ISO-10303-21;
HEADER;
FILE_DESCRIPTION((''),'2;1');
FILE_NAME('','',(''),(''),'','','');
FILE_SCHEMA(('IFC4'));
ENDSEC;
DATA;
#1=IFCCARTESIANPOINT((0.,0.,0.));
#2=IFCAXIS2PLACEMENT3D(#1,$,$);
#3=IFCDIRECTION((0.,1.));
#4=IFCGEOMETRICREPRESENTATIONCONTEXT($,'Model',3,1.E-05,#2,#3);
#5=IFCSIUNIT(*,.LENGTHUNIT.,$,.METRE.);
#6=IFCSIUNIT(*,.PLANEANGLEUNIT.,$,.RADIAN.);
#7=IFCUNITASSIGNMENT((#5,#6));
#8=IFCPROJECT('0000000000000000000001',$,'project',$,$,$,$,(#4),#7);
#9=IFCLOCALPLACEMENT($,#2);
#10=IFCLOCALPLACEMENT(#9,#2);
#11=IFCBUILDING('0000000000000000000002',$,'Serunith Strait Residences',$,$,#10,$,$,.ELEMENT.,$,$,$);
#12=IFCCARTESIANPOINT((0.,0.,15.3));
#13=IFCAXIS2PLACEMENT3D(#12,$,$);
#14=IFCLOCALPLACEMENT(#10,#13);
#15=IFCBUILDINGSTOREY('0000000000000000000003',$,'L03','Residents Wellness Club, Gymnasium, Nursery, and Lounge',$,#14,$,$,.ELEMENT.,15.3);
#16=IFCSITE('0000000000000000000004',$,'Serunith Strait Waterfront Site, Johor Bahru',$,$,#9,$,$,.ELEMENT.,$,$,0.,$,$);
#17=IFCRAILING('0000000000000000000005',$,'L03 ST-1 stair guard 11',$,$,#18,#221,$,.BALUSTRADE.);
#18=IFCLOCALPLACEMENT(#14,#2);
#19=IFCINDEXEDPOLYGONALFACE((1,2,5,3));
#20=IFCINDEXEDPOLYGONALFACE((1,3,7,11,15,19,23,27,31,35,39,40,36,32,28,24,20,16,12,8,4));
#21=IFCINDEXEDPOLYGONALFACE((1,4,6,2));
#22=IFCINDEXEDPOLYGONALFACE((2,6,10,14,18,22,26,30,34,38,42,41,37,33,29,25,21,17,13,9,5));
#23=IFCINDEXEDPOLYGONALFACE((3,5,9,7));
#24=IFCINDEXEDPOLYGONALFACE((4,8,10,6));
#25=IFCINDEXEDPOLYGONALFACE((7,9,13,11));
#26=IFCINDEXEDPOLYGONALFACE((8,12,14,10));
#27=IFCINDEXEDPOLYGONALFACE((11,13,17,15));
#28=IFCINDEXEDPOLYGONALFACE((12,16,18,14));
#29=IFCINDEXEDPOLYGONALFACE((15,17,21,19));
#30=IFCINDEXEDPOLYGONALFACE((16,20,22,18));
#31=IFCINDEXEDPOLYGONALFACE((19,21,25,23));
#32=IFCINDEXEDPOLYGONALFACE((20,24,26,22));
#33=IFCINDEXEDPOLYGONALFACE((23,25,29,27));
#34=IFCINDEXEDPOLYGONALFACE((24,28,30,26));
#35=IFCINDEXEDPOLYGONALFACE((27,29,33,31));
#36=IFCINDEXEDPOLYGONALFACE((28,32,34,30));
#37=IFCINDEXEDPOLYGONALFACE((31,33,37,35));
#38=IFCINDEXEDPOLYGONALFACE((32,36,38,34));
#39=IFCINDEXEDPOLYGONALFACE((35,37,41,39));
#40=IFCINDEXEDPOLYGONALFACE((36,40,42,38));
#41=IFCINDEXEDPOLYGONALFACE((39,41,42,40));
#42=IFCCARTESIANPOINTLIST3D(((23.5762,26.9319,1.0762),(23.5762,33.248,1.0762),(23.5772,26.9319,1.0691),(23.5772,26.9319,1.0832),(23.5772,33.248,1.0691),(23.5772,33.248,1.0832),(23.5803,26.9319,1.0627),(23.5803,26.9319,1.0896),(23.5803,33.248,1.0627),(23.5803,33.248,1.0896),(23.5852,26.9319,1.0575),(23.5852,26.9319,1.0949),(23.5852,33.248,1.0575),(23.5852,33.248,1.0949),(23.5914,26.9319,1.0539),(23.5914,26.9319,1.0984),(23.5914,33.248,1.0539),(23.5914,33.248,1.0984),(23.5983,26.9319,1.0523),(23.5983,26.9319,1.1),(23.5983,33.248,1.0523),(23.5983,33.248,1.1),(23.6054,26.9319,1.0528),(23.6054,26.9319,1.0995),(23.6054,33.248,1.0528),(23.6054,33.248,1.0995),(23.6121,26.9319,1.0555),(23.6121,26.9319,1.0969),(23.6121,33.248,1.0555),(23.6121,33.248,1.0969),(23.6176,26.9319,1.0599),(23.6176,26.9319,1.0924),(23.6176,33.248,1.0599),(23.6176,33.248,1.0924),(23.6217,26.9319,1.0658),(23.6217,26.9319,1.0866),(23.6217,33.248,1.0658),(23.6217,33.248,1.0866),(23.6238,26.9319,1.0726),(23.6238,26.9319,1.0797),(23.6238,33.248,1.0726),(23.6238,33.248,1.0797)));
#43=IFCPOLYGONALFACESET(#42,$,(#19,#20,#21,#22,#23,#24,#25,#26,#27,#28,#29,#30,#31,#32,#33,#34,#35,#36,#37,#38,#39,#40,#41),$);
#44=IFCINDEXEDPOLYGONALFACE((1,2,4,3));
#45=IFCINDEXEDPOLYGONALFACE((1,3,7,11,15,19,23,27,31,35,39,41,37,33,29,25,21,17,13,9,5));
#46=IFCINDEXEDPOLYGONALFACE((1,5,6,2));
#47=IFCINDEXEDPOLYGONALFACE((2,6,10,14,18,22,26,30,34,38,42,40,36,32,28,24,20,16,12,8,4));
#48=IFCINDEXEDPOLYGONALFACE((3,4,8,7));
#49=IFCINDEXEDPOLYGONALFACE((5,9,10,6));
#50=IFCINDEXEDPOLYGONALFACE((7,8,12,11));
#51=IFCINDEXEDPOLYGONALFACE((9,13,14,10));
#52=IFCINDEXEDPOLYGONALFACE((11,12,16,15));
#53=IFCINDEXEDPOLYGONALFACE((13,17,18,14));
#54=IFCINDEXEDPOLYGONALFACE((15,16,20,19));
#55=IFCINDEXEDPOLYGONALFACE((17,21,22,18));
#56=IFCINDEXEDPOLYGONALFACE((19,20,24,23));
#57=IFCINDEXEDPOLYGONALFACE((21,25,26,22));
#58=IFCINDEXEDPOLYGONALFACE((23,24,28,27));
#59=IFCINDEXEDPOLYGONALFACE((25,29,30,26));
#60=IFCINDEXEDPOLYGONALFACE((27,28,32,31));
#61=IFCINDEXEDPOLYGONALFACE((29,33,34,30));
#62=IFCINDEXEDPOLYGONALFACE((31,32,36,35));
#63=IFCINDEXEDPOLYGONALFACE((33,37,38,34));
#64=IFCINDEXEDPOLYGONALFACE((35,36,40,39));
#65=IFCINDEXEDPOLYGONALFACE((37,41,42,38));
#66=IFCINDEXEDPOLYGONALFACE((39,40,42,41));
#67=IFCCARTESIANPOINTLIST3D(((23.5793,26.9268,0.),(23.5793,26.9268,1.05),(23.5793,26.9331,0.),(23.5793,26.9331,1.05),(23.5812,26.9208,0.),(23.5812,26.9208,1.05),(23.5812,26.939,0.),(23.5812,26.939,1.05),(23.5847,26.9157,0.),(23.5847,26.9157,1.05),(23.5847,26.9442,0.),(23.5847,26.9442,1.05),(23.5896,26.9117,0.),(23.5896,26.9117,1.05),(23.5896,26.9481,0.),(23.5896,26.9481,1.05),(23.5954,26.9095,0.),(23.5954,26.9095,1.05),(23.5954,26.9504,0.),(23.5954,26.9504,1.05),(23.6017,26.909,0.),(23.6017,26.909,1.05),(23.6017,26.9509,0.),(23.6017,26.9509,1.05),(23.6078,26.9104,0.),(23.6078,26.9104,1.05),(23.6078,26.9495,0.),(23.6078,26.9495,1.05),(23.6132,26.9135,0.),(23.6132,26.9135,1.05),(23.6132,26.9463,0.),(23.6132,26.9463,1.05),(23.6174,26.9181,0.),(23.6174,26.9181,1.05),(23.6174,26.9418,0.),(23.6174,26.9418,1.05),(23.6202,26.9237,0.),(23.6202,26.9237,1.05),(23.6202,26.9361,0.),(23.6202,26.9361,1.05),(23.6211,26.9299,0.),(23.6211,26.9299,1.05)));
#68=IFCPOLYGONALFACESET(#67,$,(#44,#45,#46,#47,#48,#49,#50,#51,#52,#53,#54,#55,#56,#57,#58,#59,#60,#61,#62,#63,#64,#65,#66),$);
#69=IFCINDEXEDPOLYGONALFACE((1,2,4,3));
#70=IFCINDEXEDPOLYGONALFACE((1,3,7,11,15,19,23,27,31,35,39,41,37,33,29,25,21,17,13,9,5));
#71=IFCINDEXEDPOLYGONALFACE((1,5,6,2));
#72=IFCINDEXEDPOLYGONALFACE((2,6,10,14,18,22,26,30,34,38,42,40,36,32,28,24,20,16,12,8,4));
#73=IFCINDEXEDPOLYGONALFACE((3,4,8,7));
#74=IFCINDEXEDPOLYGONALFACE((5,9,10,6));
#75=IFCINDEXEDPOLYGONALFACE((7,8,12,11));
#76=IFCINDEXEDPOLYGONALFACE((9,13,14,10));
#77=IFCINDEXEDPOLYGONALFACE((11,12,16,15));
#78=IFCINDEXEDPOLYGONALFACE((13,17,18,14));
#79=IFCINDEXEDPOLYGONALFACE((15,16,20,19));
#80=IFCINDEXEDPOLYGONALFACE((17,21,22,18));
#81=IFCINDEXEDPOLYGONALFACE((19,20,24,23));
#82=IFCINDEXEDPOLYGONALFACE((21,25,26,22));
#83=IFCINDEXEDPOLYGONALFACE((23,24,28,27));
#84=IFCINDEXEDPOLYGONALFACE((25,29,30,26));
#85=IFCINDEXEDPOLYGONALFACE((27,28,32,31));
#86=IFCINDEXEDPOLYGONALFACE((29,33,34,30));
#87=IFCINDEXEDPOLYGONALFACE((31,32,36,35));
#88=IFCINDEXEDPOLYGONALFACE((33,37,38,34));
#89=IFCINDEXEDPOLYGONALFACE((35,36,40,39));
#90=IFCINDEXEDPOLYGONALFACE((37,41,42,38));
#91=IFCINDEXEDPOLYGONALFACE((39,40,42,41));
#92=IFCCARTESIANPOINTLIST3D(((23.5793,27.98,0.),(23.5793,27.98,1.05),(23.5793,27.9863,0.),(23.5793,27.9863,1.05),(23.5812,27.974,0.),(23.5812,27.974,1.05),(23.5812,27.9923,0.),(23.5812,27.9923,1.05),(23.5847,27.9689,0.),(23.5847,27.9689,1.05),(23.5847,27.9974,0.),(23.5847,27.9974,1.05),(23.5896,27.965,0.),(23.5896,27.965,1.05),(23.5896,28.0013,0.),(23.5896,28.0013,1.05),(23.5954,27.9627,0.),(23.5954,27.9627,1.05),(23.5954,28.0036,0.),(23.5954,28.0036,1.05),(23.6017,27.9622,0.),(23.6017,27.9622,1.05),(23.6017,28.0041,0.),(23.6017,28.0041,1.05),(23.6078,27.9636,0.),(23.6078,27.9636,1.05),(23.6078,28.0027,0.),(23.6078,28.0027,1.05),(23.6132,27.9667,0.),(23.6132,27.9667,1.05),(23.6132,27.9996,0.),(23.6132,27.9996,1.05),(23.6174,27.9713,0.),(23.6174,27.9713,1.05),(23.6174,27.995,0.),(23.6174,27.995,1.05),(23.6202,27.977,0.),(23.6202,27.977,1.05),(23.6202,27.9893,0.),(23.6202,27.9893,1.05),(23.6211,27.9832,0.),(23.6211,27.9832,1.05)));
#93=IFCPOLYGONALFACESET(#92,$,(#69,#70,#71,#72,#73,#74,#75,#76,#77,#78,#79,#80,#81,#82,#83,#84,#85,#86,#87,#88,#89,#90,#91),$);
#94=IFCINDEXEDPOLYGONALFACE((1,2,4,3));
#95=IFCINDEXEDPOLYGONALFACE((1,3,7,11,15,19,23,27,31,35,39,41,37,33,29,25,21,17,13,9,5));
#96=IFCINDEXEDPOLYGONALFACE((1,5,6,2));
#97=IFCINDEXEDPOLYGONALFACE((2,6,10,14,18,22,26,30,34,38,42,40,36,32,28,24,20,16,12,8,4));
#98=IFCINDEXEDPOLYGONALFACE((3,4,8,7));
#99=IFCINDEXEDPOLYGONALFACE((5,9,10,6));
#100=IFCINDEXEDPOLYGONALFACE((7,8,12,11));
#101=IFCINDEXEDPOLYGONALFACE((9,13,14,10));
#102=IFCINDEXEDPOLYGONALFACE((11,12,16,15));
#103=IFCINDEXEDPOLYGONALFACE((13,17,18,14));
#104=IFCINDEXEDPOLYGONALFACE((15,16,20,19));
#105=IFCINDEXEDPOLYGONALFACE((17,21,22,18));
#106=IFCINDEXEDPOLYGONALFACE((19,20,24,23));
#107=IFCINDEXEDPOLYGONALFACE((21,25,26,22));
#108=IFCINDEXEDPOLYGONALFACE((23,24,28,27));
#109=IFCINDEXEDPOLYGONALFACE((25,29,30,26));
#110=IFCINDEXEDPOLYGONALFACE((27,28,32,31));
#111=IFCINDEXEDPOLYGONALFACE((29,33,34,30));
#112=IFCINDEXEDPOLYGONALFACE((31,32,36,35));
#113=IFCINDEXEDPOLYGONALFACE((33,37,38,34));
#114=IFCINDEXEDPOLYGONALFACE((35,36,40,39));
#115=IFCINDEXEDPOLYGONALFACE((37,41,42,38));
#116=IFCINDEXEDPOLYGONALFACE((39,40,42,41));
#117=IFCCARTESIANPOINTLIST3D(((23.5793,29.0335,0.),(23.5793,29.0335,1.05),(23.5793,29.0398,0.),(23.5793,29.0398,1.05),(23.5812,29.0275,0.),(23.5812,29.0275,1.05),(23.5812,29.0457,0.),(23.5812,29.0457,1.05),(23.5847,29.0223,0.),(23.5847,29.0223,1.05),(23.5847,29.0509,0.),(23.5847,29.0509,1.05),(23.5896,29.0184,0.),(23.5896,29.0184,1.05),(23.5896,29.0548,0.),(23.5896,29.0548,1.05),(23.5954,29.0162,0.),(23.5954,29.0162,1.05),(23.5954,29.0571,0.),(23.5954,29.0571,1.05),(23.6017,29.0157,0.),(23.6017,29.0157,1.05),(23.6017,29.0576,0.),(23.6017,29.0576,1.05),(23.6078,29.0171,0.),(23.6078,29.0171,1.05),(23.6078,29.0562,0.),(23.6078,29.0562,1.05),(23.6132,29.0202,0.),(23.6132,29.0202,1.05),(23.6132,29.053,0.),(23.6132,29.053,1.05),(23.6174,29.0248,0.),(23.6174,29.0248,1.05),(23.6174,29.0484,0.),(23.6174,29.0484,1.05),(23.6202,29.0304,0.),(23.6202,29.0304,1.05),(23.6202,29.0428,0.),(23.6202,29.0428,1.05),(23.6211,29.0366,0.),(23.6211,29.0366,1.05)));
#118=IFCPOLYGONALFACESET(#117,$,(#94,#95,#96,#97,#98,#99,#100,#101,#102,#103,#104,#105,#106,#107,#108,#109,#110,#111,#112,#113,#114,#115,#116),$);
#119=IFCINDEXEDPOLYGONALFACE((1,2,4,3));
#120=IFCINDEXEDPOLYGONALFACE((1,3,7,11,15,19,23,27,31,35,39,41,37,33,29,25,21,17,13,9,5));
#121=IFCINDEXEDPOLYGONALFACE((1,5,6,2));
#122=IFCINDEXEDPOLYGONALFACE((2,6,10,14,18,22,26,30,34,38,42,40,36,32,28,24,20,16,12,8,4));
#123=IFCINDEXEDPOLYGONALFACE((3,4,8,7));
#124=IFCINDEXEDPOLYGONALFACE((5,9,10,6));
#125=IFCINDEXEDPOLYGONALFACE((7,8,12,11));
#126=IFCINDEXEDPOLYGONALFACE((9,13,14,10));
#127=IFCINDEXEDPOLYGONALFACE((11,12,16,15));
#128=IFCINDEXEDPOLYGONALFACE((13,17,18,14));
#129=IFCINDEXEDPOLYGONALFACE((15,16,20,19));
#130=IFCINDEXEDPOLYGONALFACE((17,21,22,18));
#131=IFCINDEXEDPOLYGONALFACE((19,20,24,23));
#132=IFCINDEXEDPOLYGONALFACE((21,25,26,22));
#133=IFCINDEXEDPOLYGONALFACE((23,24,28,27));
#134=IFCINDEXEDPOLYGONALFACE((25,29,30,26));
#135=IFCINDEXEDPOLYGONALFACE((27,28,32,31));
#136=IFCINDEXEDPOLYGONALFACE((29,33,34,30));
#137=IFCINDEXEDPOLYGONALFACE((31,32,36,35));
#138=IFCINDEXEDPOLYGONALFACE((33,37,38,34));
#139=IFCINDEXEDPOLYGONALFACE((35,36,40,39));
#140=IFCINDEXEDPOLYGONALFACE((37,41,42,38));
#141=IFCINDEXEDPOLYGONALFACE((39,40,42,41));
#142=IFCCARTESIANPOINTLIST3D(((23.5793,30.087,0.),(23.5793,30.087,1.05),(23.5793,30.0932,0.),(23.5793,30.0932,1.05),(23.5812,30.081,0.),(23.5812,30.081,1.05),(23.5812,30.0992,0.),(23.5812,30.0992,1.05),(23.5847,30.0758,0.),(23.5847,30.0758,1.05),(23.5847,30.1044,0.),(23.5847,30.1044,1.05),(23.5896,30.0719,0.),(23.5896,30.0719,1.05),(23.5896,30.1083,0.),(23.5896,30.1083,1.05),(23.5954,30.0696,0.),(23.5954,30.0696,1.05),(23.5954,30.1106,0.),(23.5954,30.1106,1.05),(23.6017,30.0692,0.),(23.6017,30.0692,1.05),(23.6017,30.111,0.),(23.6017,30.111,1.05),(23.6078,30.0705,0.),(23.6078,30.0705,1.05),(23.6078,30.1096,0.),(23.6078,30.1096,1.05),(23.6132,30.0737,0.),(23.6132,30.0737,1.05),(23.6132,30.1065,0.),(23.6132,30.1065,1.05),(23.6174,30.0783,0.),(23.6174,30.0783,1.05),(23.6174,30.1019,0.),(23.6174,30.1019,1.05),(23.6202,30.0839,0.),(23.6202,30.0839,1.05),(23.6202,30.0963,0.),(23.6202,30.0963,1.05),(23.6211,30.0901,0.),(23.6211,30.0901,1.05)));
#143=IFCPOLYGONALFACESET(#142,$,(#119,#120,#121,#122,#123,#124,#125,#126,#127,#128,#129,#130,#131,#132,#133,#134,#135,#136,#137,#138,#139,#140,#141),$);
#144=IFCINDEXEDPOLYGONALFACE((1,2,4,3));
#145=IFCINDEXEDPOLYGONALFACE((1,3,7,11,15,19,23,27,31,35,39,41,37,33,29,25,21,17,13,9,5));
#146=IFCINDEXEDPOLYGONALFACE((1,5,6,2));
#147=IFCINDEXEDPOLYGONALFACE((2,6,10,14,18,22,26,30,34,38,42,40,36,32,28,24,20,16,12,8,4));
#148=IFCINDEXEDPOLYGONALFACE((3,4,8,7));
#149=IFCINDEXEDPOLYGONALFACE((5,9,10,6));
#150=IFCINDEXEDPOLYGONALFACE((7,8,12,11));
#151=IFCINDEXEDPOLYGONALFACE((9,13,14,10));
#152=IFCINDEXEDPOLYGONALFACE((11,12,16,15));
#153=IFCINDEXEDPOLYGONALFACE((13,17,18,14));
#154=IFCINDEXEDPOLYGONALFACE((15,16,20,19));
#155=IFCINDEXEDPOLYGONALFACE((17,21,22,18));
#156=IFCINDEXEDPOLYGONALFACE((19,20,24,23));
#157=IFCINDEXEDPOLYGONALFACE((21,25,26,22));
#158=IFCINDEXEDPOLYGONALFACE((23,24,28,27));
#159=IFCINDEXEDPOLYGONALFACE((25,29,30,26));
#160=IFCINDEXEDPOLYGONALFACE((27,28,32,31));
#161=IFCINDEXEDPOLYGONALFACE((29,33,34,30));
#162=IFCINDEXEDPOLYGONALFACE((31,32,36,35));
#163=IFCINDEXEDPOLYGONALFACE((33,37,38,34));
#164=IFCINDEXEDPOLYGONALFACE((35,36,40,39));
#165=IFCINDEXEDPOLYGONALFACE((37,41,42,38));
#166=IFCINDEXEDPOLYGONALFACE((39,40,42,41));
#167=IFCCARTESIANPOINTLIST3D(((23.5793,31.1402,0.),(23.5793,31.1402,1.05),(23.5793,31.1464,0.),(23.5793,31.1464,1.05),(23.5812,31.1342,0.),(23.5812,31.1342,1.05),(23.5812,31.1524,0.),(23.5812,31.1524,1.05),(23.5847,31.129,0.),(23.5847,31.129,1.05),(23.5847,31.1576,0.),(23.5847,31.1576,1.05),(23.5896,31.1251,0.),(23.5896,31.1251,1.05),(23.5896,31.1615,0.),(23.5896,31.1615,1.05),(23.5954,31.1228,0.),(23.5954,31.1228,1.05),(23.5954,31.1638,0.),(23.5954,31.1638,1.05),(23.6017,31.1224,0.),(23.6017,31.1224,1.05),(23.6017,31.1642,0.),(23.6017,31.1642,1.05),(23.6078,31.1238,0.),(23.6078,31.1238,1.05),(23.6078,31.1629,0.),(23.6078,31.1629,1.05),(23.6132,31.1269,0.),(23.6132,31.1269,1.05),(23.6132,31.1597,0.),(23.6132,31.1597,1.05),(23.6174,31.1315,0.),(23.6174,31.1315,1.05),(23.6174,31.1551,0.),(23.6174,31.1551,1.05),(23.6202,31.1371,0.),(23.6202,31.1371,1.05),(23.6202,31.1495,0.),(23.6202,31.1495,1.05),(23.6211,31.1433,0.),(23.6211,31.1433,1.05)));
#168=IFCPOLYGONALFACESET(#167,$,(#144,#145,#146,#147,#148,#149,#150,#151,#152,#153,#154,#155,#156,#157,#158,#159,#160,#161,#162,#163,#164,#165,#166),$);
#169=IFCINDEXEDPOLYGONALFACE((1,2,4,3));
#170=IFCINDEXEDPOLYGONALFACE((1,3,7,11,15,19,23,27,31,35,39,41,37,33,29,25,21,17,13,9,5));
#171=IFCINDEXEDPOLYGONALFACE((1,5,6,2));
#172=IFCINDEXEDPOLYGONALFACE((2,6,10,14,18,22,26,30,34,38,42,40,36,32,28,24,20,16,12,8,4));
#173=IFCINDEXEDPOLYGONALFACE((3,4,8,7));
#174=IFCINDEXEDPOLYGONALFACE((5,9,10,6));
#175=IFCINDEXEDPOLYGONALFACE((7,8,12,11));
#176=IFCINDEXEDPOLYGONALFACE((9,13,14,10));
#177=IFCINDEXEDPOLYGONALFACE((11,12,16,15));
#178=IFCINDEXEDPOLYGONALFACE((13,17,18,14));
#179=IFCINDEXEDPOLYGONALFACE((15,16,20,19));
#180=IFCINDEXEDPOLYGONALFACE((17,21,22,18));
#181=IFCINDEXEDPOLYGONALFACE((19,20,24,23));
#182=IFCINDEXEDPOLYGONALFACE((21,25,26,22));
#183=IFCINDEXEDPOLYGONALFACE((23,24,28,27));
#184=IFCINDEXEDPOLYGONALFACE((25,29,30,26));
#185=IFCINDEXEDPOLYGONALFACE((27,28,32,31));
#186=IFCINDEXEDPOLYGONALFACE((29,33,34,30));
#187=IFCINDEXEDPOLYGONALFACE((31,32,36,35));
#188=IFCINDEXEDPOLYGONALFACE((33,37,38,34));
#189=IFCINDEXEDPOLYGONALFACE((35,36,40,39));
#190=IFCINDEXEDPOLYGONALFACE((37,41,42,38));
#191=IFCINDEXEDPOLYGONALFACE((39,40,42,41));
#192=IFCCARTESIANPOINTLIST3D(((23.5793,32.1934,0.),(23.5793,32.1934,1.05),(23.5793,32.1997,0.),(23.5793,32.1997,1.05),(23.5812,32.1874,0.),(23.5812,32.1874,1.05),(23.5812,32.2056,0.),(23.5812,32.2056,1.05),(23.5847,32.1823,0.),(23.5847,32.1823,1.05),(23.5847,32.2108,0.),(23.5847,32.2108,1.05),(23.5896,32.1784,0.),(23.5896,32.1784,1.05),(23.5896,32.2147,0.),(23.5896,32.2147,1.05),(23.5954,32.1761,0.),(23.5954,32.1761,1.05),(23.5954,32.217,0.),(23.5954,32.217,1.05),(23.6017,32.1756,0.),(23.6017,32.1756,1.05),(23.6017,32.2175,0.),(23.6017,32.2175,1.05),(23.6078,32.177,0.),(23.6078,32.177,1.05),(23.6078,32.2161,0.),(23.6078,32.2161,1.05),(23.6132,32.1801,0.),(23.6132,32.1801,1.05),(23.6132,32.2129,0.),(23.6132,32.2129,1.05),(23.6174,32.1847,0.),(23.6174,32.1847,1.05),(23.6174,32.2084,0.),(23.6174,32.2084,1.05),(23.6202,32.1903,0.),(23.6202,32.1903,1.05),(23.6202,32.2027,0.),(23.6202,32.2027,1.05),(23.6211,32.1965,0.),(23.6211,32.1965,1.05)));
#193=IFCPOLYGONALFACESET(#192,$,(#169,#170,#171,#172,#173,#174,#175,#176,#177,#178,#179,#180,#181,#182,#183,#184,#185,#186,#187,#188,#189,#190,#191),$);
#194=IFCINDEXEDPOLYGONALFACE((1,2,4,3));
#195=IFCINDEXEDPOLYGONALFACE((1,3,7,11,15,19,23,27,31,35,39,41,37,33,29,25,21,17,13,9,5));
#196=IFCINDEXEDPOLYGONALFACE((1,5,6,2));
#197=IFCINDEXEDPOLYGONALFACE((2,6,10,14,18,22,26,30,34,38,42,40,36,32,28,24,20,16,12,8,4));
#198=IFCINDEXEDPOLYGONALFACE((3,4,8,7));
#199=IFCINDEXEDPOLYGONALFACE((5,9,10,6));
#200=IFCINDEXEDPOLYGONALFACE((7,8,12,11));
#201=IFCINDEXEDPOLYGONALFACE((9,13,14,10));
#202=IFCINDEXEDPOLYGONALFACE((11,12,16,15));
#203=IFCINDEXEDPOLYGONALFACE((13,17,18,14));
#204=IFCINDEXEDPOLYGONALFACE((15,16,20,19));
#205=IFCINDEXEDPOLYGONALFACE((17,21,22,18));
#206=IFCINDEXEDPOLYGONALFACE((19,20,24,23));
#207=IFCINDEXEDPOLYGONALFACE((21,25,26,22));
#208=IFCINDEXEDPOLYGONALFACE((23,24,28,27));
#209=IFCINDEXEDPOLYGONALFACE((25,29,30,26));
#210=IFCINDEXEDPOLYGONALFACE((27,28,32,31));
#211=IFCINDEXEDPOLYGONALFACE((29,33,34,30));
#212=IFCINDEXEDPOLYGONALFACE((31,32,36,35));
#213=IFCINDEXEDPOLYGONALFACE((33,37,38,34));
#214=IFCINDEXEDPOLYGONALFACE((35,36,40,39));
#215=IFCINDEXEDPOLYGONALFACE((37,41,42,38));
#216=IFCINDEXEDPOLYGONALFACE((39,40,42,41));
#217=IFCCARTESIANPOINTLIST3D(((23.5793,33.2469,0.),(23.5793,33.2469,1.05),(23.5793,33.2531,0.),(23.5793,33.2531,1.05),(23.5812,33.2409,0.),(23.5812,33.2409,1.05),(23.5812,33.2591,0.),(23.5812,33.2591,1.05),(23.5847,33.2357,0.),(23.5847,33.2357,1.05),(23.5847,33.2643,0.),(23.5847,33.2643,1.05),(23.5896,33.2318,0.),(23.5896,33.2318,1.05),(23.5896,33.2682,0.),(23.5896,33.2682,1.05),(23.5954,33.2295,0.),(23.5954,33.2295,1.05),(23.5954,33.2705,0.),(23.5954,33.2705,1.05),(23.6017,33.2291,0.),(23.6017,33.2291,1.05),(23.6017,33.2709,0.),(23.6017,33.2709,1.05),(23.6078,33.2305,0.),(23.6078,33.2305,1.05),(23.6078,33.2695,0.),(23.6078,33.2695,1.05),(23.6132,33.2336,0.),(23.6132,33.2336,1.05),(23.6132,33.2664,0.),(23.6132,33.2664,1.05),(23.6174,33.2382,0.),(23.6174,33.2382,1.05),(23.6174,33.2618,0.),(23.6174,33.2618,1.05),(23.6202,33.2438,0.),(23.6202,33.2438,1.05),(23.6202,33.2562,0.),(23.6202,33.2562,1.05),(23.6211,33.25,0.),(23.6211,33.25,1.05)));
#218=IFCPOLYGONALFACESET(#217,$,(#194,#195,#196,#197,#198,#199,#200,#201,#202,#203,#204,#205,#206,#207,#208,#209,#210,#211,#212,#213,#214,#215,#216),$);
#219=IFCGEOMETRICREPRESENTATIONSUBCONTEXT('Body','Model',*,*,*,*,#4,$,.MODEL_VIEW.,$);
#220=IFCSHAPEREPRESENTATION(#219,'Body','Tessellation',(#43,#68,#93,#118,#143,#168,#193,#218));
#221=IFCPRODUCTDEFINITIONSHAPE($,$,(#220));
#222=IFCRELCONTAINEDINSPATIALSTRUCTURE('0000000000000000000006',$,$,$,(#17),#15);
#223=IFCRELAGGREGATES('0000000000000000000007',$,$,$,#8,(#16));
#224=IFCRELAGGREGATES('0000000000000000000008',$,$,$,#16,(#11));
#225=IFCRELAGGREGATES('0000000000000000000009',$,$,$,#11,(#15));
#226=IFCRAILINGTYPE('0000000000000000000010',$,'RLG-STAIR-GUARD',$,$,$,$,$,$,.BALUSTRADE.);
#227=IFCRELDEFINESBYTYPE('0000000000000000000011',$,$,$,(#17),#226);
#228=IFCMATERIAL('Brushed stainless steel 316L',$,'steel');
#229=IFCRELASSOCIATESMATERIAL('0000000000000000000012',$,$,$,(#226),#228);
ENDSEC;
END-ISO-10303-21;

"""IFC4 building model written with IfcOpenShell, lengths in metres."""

from ifc_helpers import new_model, si_unit, direction, frame, origin, origin_2d, place, context, subcontext, project, spatial, circle, extrude, material, type_object, element, save


model = new_model("IFC4")

# Units and contexts
model_context = context("Model", 3, precision=1e-05, world=origin(), true_north=direction((0.0, 1.0)))
body_context = subcontext(model_context, "Body", "Model", "MODEL_VIEW")
ifc_project = project(units=[si_unit("LENGTHUNIT", "METRE"), si_unit("PLANEANGLEUNIT", "RADIAN")], contexts=[model_context])

# Site, building, storey
site_placement = place(None, origin())
site = spatial("IfcSite", under=ifc_project, at=site_placement, Name="Serunith Strait Waterfront Site, Johor Bahru", CompositionType="ELEMENT", RefElevation=0.0)
building_placement = place(site_placement, origin())
building = spatial("IfcBuilding", under=site, at=building_placement, Name="Serunith Strait Residences", CompositionType="ELEMENT")
storey_placement = place(building_placement, frame((0.0, 0.0, 15.3)))
storey = spatial("IfcBuildingStorey", under=building, at=storey_placement, Name="L03", Description="Residents Wellness Club, Gymnasium, Nursery, and Lounge", CompositionType="ELEMENT", Elevation=15.3)

# Railing
ifc_material_1 = material(Name="Brushed stainless steel 316L", Category="steel")
railing_type = type_object("IfcRailingType", Name="RLG-STAIR-GUARD", PredefinedType="BALUSTRADE", material=ifc_material_1)
railing_1_placement = place(storey_placement, frame((23.6001, 26.9299, 0.0)))
element("IfcRailing", 1, at=railing_1_placement, inside=storey, type_object=railing_type, Name="L03 ST-1 stair guard 11", PredefinedType="BALUSTRADE", context=body_context, shape_type="SweptSolid", body=[
    extrude(circle(Radius=0.0239, at=origin_2d()), frame((0.0, 0.002, 1.0762), z_axis=(0.0, 1.0, 0.0), x_axis=(-1.0, 0.0, 0.0)), (0.0, 0.0, 1.0), 6.3162),
    extrude(circle(Radius=0.021, at=origin_2d()), origin(), (0.0, 0.0, 1.0), 1.05),
    extrude(circle(Radius=0.021, at=origin_2d()), frame((0.0, 1.0532, 0.0)), (0.0, 0.0, 1.0), 1.05),
    extrude(circle(Radius=0.021, at=origin_2d()), frame((0.0, 2.1067, 0.0)), (0.0, 0.0, 1.0), 1.05),
    extrude(circle(Radius=0.021, at=origin_2d()), frame((0.0, 3.1602, 0.0)), (0.0, 0.0, 1.0), 1.05),
    extrude(circle(Radius=0.021, at=origin_2d()), frame((0.0, 4.2134, 0.0)), (0.0, 0.0, 1.0), 1.05),
    extrude(circle(Radius=0.021, at=origin_2d()), frame((0.0, 5.2666, 0.0)), (0.0, 0.0, 1.0), 1.05),
    extrude(circle(Radius=0.021, at=origin_2d()), frame((0.0, 6.3201, 0.0)), (0.0, 0.0, 1.0), 1.05),
])

save(model, "model.ifc")
